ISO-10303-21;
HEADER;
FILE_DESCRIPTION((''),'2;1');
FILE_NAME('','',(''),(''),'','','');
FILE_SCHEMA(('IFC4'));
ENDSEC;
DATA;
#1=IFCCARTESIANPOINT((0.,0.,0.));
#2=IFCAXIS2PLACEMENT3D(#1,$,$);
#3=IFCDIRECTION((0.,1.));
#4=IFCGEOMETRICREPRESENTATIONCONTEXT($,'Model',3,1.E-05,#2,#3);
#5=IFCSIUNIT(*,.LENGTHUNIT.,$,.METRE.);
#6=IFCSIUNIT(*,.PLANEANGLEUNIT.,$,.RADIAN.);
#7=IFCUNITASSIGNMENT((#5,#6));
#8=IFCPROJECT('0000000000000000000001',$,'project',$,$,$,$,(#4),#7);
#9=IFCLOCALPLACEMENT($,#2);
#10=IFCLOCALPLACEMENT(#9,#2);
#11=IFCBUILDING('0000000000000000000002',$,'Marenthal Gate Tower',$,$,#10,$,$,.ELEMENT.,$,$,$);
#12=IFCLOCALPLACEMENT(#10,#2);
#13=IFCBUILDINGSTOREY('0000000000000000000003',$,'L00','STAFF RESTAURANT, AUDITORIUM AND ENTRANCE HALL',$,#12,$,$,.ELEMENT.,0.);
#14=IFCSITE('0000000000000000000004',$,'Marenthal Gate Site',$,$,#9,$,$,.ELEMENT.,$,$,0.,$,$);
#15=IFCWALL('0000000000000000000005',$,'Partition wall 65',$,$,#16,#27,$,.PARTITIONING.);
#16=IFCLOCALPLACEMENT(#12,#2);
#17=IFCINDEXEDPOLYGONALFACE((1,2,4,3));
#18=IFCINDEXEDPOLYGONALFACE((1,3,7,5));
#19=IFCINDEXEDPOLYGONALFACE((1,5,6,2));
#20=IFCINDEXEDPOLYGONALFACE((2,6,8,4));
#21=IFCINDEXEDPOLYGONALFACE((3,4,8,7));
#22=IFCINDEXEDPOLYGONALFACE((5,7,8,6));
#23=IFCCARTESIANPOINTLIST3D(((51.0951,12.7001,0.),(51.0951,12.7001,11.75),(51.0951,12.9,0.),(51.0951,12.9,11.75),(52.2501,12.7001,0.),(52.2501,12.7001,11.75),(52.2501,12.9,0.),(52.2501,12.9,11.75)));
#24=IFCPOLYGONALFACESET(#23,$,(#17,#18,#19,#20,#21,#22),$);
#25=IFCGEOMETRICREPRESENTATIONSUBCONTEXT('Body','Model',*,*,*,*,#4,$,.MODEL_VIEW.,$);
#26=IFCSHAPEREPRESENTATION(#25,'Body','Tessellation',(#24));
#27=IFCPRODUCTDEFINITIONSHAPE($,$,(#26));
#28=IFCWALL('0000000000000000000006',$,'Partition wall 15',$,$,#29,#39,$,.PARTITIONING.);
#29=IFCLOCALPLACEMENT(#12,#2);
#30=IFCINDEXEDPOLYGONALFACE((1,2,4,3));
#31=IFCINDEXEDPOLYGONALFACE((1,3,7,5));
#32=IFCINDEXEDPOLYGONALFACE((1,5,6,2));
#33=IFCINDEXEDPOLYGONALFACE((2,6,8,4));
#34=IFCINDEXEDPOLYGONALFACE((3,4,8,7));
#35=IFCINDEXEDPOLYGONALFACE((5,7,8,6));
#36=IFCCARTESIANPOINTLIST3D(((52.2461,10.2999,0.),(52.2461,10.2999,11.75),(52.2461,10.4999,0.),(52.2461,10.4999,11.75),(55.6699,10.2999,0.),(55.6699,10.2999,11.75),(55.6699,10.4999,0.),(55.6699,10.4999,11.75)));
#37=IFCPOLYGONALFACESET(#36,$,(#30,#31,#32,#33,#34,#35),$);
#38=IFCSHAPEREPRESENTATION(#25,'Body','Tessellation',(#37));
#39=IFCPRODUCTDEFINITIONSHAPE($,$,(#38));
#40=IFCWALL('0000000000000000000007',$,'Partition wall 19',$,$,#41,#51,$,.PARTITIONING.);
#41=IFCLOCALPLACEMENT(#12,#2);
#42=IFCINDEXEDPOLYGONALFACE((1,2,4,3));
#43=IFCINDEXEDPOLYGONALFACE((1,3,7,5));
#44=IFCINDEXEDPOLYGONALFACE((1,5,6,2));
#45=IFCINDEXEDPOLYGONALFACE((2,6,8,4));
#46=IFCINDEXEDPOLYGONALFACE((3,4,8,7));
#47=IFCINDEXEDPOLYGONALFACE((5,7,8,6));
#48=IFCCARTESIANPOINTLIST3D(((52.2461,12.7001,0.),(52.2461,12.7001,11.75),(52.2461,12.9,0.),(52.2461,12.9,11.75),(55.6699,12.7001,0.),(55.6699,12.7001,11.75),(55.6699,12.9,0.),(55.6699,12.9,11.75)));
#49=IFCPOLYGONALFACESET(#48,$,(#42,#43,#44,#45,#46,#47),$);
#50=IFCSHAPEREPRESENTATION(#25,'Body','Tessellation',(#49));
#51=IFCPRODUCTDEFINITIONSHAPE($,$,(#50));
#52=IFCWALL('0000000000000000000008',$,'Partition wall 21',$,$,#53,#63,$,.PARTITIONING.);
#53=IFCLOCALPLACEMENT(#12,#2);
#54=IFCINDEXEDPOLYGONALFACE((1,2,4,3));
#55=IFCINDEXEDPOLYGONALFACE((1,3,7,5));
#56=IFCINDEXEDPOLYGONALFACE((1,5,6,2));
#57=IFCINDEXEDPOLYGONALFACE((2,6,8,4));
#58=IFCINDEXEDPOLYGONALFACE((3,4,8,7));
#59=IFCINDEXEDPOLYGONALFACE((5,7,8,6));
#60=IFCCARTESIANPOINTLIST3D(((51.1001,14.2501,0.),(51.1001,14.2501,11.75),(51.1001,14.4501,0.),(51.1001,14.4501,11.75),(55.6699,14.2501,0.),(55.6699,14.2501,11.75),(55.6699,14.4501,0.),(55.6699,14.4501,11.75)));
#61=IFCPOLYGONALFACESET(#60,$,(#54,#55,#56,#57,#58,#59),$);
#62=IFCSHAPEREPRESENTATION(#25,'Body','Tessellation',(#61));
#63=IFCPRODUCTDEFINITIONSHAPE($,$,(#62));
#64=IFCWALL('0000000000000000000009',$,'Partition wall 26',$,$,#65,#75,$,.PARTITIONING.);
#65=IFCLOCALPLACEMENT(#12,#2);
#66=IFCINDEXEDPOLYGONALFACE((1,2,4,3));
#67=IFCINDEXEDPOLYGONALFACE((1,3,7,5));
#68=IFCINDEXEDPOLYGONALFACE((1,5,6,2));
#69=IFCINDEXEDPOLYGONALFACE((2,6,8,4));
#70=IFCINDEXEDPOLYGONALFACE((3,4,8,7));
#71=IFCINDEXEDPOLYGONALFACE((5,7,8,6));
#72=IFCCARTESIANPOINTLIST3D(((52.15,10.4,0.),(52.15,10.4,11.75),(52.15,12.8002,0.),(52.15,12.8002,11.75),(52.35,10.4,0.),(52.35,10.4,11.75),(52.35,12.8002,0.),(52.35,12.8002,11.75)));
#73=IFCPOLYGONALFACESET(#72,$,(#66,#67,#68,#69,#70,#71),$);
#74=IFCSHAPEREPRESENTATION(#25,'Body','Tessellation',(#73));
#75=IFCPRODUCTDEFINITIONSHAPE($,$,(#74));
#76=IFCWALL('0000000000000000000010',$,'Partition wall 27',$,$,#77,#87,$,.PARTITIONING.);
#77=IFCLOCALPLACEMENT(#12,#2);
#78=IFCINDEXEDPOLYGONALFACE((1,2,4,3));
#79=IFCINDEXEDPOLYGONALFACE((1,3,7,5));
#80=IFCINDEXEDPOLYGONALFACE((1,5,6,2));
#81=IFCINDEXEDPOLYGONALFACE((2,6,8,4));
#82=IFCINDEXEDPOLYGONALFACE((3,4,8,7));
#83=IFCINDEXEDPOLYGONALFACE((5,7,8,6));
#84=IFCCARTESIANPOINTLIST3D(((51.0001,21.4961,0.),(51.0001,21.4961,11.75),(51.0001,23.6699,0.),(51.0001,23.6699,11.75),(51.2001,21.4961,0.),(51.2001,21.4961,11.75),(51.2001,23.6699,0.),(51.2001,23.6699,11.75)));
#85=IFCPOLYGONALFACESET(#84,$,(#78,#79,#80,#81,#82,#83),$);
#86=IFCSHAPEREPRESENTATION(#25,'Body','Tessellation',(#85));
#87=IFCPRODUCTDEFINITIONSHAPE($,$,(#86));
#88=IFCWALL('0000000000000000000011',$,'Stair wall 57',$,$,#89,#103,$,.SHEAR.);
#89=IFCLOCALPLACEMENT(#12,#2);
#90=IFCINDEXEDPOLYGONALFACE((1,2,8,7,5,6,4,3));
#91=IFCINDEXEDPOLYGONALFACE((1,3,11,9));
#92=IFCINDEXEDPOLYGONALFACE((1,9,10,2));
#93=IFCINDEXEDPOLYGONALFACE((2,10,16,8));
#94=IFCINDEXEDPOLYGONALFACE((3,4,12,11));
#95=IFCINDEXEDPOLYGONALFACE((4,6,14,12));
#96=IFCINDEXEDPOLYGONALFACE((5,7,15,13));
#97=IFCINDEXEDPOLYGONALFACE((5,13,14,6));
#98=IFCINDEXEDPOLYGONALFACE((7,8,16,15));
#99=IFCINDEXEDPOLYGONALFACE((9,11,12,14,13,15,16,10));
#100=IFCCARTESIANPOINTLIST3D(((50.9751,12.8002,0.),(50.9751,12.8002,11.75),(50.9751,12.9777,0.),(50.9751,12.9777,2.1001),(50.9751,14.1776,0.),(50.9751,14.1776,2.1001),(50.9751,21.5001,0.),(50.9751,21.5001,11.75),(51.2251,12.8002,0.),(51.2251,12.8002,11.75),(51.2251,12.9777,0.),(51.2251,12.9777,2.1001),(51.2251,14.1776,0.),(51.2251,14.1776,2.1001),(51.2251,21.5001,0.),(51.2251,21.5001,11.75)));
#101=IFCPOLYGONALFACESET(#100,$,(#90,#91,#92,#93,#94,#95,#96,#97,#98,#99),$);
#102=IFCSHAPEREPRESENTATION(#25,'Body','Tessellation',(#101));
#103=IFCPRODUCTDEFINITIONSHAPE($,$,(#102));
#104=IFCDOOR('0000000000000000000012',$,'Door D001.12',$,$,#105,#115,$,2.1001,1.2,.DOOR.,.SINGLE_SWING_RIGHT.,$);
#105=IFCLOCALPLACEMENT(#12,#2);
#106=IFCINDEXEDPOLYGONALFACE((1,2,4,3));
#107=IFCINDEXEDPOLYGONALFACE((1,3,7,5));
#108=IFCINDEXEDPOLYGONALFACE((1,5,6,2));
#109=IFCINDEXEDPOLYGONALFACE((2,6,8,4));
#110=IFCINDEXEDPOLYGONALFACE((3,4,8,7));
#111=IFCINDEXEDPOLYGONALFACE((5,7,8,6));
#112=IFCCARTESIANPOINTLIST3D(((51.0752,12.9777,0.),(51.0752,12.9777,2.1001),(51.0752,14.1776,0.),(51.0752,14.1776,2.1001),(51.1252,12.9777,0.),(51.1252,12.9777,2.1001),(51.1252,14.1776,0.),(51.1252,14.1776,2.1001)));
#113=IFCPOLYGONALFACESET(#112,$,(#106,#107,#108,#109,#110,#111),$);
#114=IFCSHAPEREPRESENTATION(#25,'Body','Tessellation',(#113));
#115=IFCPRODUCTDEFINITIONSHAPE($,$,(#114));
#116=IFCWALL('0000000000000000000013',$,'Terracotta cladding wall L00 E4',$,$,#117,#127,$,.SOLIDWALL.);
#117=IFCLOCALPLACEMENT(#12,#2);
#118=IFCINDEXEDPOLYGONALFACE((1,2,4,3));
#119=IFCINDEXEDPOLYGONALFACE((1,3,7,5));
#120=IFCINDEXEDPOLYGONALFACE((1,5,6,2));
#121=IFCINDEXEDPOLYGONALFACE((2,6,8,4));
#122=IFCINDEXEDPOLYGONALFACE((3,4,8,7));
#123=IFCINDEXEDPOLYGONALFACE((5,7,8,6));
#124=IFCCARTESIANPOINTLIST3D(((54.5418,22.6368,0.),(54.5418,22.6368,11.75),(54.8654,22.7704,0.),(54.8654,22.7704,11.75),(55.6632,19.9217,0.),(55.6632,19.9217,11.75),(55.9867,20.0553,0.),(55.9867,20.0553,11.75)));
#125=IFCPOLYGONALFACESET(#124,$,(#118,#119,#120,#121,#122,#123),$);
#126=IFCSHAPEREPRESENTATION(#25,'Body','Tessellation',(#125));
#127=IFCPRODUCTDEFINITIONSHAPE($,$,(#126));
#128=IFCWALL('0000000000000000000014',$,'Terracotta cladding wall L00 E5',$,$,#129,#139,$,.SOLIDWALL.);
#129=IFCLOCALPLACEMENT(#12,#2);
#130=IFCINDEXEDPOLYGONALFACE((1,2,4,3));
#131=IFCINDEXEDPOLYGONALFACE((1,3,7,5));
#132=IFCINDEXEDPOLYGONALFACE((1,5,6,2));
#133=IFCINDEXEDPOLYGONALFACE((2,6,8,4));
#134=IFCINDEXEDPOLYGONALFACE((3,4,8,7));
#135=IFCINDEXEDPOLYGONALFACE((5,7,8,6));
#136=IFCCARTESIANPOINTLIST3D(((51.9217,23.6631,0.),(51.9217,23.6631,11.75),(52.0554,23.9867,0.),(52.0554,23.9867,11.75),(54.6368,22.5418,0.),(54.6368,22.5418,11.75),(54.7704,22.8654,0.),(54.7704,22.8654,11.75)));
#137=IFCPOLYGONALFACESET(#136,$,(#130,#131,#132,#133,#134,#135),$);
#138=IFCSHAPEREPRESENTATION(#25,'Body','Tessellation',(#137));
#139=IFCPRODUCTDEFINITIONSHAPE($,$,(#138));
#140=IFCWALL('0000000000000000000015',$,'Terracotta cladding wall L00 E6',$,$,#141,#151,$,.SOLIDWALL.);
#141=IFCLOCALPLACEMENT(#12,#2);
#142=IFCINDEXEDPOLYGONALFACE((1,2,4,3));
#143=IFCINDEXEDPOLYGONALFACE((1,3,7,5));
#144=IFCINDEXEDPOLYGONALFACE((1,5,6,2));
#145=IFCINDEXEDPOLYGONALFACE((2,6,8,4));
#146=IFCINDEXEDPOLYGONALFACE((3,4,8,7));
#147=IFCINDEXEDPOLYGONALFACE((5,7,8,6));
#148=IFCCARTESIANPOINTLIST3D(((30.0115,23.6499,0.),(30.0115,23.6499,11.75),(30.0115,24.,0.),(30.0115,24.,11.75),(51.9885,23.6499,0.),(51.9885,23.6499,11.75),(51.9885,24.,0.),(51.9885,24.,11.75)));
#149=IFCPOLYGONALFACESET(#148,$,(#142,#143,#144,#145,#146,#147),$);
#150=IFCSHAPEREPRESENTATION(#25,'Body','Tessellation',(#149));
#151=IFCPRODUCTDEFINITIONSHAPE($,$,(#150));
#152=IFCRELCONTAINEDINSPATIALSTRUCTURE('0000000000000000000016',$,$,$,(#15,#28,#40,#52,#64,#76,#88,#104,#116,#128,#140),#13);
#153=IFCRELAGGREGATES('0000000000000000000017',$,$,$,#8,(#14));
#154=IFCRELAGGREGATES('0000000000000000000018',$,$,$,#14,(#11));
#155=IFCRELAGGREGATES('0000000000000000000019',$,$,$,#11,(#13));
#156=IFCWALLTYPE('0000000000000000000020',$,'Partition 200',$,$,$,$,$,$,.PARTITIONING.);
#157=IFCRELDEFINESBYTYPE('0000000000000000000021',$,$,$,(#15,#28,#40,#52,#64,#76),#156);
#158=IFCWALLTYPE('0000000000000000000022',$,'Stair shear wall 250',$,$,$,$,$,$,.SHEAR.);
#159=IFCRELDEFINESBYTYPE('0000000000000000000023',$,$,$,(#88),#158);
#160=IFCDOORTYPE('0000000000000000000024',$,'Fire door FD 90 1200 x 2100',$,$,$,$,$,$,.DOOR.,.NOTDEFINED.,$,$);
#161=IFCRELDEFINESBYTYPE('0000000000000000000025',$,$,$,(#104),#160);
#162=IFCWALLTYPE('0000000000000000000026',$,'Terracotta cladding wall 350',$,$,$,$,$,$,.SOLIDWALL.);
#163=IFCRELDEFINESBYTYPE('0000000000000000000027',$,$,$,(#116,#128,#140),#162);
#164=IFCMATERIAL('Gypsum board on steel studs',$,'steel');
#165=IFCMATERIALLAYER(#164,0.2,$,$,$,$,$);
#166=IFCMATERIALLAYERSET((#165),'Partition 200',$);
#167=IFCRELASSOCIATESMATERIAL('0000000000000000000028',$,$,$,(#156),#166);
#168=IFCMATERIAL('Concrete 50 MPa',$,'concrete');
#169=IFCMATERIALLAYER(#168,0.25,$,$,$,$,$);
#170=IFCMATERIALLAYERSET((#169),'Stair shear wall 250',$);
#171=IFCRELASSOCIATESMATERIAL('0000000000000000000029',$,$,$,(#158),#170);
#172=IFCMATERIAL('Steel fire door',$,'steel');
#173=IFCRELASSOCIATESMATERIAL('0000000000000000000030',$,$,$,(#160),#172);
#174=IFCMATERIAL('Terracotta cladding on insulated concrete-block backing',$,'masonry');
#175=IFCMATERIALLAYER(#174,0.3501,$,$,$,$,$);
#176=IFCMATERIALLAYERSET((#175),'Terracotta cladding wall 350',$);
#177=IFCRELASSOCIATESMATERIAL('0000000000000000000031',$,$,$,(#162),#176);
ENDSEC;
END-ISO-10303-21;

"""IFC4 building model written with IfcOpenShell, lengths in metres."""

from ifc_helpers import new_model, si_unit, direction, frame, frame_2d, origin, place, context, subcontext, project, spatial, rectangle, extrude, material, layer, layer_set, type_object, element, fill, save


model = new_model("IFC4")

# Units and contexts
model_context = context("Model", 3, precision=1e-05, world=origin(), true_north=direction((0.0, 1.0)))
body_context = subcontext(model_context, "Body", "Model", "MODEL_VIEW")
ifc_project = project(units=[si_unit("LENGTHUNIT", "METRE"), si_unit("PLANEANGLEUNIT", "RADIAN")], contexts=[model_context])

# Site, building, storey
site_placement = place(None, origin())
site = spatial("IfcSite", under=ifc_project, at=site_placement, Name="Marenthal Gate Site", CompositionType="ELEMENT", RefElevation=0.0)
building_placement = place(site_placement, origin())
building = spatial("IfcBuilding", under=site, at=building_placement, Name="Marenthal Gate Tower", CompositionType="ELEMENT")
storey_placement = place(building_placement, origin())
storey = spatial("IfcBuildingStorey", under=building, at=storey_placement, Name="L00", Description="STAFF RESTAURANT, AUDITORIUM AND ENTRANCE HALL", CompositionType="ELEMENT", Elevation=0.0)

# Walls
ifc_material_1 = material(Name="Gypsum board on steel studs", Category="steel")
ifc_layer_1 = layer(ifc_material_1, 0.2)
ifc_layer_set_1 = layer_set([ifc_layer_1], Name="Partition 200")
wall_type_1 = type_object("IfcWallType", Name="Partition 200", PredefinedType="PARTITIONING", material=ifc_layer_set_1)
wall_1_placement = place(storey_placement, frame((51.095, 12.8, 0.0), z_axis=(0.0, 0.0, 1.0), x_axis=(1.0, 0.0, 0.0)))
element("IfcWall", 1, at=wall_1_placement, inside=storey, type_object=wall_type_1, Name="Partition wall 65", PredefinedType="PARTITIONING", context=body_context, shape_type="SweptSolid", body=[
    extrude(rectangle(XDim=1.155, YDim=0.2, at=frame_2d((0.5776, 0.0))), origin(), (0.0, 0.0, 1.0), 11.75),
])
for number, where, z_axis, x_axis, name in (
    (2, (52.2461, 10.3999, 0.0), (0.0, 0.0, 1.0), (1.0, 0.0, 0.0), "Partition wall 15"),
    (3, (52.2461, 12.8, 0.0), (0.0, 0.0, 1.0), (1.0, 0.0, 0.0), "Partition wall 19"),
):
    element("IfcWall", number, at=place(storey_placement, frame(where, z_axis=z_axis, x_axis=x_axis)), inside=storey, type_object=wall_type_1, Name=name, PredefinedType="PARTITIONING", context=body_context, shape_type="SweptSolid", body=[
        extrude(rectangle(XDim=3.4238, YDim=0.2, at=frame_2d((1.7119, 0.0))), origin(), (0.0, 0.0, 1.0), 11.75),
    ])
wall_2_placement = place(storey_placement, frame((51.1001, 14.3501, 0.0), z_axis=(0.0, 0.0, 1.0), x_axis=(1.0, 0.0, 0.0)))
element("IfcWall", 4, at=wall_2_placement, inside=storey, type_object=wall_type_1, Name="Partition wall 21", PredefinedType="PARTITIONING", context=body_context, shape_type="SweptSolid", body=[
    extrude(rectangle(XDim=4.5698, YDim=0.2, at=frame_2d((2.2849, 0.0))), origin(), (0.0, 0.0, 1.0), 11.75),
])
wall_3_placement = place(storey_placement, frame((52.25, 10.3999, 0.0), z_axis=(0.0, 0.0, 1.0), x_axis=(0.0, 1.0, 0.0)))
element("IfcWall", 5, at=wall_3_placement, inside=storey, type_object=wall_type_1, Name="Partition wall 26", PredefinedType="PARTITIONING", context=body_context, shape_type="SweptSolid", body=[
    extrude(rectangle(XDim=2.4001, YDim=0.2, at=frame_2d((1.2002, 0.0))), origin(), (0.0, 0.0, 1.0), 11.75),
])
wall_4_placement = place(storey_placement, frame((51.1001, 21.4961, 0.0), z_axis=(0.0, 0.0, 1.0), x_axis=(0.0, 1.0, 0.0)))
element("IfcWall", 6, at=wall_4_placement, inside=storey, type_object=wall_type_1, Name="Partition wall 27", PredefinedType="PARTITIONING", context=body_context, shape_type="SweptSolid", body=[
    extrude(rectangle(XDim=2.1738, YDim=0.2, at=frame_2d((1.0869, 0.0))), origin(), (0.0, 0.0, 1.0), 11.75),
])

# Wall, opening, door
ifc_material_2 = material(Name="Concrete 50 MPa", Category="concrete")
ifc_layer_2 = layer(ifc_material_2, 0.25)
ifc_layer_set_2 = layer_set([ifc_layer_2], Name="Stair shear wall 250")
wall_type_2 = type_object("IfcWallType", Name="Stair shear wall 250", PredefinedType="SHEAR", material=ifc_layer_set_2)
wall_5_placement = place(storey_placement, frame((51.1001, 12.8, 0.0), z_axis=(0.0, 0.0, 1.0), x_axis=(0.0, 1.0, 0.0)))
wall_5 = element("IfcWall", 7, at=wall_5_placement, inside=storey, type_object=wall_type_2, Name="Stair wall 57", PredefinedType="SHEAR", context=body_context, shape_type="SweptSolid", body=[
    extrude(rectangle(XDim=8.7, YDim=0.25, at=frame_2d((4.3501, 0.0))), origin(), (0.0, 0.0, 1.0), 11.75),
])
opening_placement = place(wall_5_placement, frame((0.1775, 0.0, 0.0)))
opening = element("IfcOpeningElement", 8, at=opening_placement, cuts=wall_5, PredefinedType="OPENING", context=body_context, shape_type="SweptSolid", body=[
    extrude(rectangle(XDim=1.2, YDim=2.1001, at=frame_2d((0.6001, 1.05))), frame((0.0, 0.135, 0.0), z_axis=(0.0, -1.0, 0.0), x_axis=(1.0, 0.0, 0.0)), (0.0, 0.0, 1.0), 0.27),
])
ifc_material_3 = material(Name="Steel fire door", Category="steel")
door_type = type_object("IfcDoorType", Name="Fire door FD 90 1200 x 2100", OperationType="NOTDEFINED", PredefinedType="DOOR", material=ifc_material_3)
door_placement = place(opening_placement, origin())
door = element("IfcDoor", 9, at=door_placement, inside=storey, type_object=door_type, Name="Door D001.12", OperationType="SINGLE_SWING_RIGHT", OverallHeight=2.1001, OverallWidth=1.2, PredefinedType="DOOR", context=body_context, shape_type="SweptSolid", body=[
    extrude(rectangle(XDim=1.2, YDim=2.1001, at=frame_2d((0.6001, 1.05))), frame((0.0, 0.0249, 0.0), z_axis=(0.0, -1.0, 0.0), x_axis=(1.0, 0.0, 0.0)), (0.0, 0.0, 1.0), 0.05),
])
fill(opening, door)

# Walls
ifc_material_4 = material(Name="Terracotta cladding on insulated concrete-block backing", Category="masonry")
ifc_layer_3 = layer(ifc_material_4, 0.3501)
ifc_layer_set_3 = layer_set([ifc_layer_3], Name="Terracotta cladding wall 350")
wall_type_3 = type_object("IfcWallType", Name="Terracotta cladding wall 350", PredefinedType="SOLIDWALL", material=ifc_layer_set_3)
for number, where, z_axis, x_axis, name in (
    (10, (55.825, 19.9885, 0.0), (0.0, 0.0, 1.0), (-0.381728, 0.924275, 0.0), "Terracotta cladding wall L00 E4"),
    (11, (54.7036, 22.7036, 0.0), (0.0, 0.0, 1.0), (-0.924275, 0.381728, 0.0), "Terracotta cladding wall L00 E5"),
):
    element("IfcWall", number, at=place(storey_placement, frame(where, z_axis=z_axis, x_axis=x_axis)), inside=storey, type_object=wall_type_3, Name=name, PredefinedType="SOLIDWALL", context=body_context, shape_type="SweptSolid", body=[
        extrude(rectangle(XDim=2.9375, YDim=0.3501, at=frame_2d((1.4688, 0.0))), origin(), (0.0, 0.0, 1.0), 11.75),
    ])
wall_6_placement = place(storey_placement, frame((51.9885, 23.825, 0.0), z_axis=(0.0, 0.0, 1.0), x_axis=(-1.0, 0.0, 0.0)))
element("IfcWall", 12, at=wall_6_placement, inside=storey, type_object=wall_type_3, Name="Terracotta cladding wall L00 E6", PredefinedType="SOLIDWALL", context=body_context, shape_type="SweptSolid", body=[
    extrude(rectangle(XDim=21.9771, YDim=0.3501, at=frame_2d((10.9885, 0.0))), origin(), (0.0, 0.0, 1.0), 11.75),
])

save(model, "model.ifc")
